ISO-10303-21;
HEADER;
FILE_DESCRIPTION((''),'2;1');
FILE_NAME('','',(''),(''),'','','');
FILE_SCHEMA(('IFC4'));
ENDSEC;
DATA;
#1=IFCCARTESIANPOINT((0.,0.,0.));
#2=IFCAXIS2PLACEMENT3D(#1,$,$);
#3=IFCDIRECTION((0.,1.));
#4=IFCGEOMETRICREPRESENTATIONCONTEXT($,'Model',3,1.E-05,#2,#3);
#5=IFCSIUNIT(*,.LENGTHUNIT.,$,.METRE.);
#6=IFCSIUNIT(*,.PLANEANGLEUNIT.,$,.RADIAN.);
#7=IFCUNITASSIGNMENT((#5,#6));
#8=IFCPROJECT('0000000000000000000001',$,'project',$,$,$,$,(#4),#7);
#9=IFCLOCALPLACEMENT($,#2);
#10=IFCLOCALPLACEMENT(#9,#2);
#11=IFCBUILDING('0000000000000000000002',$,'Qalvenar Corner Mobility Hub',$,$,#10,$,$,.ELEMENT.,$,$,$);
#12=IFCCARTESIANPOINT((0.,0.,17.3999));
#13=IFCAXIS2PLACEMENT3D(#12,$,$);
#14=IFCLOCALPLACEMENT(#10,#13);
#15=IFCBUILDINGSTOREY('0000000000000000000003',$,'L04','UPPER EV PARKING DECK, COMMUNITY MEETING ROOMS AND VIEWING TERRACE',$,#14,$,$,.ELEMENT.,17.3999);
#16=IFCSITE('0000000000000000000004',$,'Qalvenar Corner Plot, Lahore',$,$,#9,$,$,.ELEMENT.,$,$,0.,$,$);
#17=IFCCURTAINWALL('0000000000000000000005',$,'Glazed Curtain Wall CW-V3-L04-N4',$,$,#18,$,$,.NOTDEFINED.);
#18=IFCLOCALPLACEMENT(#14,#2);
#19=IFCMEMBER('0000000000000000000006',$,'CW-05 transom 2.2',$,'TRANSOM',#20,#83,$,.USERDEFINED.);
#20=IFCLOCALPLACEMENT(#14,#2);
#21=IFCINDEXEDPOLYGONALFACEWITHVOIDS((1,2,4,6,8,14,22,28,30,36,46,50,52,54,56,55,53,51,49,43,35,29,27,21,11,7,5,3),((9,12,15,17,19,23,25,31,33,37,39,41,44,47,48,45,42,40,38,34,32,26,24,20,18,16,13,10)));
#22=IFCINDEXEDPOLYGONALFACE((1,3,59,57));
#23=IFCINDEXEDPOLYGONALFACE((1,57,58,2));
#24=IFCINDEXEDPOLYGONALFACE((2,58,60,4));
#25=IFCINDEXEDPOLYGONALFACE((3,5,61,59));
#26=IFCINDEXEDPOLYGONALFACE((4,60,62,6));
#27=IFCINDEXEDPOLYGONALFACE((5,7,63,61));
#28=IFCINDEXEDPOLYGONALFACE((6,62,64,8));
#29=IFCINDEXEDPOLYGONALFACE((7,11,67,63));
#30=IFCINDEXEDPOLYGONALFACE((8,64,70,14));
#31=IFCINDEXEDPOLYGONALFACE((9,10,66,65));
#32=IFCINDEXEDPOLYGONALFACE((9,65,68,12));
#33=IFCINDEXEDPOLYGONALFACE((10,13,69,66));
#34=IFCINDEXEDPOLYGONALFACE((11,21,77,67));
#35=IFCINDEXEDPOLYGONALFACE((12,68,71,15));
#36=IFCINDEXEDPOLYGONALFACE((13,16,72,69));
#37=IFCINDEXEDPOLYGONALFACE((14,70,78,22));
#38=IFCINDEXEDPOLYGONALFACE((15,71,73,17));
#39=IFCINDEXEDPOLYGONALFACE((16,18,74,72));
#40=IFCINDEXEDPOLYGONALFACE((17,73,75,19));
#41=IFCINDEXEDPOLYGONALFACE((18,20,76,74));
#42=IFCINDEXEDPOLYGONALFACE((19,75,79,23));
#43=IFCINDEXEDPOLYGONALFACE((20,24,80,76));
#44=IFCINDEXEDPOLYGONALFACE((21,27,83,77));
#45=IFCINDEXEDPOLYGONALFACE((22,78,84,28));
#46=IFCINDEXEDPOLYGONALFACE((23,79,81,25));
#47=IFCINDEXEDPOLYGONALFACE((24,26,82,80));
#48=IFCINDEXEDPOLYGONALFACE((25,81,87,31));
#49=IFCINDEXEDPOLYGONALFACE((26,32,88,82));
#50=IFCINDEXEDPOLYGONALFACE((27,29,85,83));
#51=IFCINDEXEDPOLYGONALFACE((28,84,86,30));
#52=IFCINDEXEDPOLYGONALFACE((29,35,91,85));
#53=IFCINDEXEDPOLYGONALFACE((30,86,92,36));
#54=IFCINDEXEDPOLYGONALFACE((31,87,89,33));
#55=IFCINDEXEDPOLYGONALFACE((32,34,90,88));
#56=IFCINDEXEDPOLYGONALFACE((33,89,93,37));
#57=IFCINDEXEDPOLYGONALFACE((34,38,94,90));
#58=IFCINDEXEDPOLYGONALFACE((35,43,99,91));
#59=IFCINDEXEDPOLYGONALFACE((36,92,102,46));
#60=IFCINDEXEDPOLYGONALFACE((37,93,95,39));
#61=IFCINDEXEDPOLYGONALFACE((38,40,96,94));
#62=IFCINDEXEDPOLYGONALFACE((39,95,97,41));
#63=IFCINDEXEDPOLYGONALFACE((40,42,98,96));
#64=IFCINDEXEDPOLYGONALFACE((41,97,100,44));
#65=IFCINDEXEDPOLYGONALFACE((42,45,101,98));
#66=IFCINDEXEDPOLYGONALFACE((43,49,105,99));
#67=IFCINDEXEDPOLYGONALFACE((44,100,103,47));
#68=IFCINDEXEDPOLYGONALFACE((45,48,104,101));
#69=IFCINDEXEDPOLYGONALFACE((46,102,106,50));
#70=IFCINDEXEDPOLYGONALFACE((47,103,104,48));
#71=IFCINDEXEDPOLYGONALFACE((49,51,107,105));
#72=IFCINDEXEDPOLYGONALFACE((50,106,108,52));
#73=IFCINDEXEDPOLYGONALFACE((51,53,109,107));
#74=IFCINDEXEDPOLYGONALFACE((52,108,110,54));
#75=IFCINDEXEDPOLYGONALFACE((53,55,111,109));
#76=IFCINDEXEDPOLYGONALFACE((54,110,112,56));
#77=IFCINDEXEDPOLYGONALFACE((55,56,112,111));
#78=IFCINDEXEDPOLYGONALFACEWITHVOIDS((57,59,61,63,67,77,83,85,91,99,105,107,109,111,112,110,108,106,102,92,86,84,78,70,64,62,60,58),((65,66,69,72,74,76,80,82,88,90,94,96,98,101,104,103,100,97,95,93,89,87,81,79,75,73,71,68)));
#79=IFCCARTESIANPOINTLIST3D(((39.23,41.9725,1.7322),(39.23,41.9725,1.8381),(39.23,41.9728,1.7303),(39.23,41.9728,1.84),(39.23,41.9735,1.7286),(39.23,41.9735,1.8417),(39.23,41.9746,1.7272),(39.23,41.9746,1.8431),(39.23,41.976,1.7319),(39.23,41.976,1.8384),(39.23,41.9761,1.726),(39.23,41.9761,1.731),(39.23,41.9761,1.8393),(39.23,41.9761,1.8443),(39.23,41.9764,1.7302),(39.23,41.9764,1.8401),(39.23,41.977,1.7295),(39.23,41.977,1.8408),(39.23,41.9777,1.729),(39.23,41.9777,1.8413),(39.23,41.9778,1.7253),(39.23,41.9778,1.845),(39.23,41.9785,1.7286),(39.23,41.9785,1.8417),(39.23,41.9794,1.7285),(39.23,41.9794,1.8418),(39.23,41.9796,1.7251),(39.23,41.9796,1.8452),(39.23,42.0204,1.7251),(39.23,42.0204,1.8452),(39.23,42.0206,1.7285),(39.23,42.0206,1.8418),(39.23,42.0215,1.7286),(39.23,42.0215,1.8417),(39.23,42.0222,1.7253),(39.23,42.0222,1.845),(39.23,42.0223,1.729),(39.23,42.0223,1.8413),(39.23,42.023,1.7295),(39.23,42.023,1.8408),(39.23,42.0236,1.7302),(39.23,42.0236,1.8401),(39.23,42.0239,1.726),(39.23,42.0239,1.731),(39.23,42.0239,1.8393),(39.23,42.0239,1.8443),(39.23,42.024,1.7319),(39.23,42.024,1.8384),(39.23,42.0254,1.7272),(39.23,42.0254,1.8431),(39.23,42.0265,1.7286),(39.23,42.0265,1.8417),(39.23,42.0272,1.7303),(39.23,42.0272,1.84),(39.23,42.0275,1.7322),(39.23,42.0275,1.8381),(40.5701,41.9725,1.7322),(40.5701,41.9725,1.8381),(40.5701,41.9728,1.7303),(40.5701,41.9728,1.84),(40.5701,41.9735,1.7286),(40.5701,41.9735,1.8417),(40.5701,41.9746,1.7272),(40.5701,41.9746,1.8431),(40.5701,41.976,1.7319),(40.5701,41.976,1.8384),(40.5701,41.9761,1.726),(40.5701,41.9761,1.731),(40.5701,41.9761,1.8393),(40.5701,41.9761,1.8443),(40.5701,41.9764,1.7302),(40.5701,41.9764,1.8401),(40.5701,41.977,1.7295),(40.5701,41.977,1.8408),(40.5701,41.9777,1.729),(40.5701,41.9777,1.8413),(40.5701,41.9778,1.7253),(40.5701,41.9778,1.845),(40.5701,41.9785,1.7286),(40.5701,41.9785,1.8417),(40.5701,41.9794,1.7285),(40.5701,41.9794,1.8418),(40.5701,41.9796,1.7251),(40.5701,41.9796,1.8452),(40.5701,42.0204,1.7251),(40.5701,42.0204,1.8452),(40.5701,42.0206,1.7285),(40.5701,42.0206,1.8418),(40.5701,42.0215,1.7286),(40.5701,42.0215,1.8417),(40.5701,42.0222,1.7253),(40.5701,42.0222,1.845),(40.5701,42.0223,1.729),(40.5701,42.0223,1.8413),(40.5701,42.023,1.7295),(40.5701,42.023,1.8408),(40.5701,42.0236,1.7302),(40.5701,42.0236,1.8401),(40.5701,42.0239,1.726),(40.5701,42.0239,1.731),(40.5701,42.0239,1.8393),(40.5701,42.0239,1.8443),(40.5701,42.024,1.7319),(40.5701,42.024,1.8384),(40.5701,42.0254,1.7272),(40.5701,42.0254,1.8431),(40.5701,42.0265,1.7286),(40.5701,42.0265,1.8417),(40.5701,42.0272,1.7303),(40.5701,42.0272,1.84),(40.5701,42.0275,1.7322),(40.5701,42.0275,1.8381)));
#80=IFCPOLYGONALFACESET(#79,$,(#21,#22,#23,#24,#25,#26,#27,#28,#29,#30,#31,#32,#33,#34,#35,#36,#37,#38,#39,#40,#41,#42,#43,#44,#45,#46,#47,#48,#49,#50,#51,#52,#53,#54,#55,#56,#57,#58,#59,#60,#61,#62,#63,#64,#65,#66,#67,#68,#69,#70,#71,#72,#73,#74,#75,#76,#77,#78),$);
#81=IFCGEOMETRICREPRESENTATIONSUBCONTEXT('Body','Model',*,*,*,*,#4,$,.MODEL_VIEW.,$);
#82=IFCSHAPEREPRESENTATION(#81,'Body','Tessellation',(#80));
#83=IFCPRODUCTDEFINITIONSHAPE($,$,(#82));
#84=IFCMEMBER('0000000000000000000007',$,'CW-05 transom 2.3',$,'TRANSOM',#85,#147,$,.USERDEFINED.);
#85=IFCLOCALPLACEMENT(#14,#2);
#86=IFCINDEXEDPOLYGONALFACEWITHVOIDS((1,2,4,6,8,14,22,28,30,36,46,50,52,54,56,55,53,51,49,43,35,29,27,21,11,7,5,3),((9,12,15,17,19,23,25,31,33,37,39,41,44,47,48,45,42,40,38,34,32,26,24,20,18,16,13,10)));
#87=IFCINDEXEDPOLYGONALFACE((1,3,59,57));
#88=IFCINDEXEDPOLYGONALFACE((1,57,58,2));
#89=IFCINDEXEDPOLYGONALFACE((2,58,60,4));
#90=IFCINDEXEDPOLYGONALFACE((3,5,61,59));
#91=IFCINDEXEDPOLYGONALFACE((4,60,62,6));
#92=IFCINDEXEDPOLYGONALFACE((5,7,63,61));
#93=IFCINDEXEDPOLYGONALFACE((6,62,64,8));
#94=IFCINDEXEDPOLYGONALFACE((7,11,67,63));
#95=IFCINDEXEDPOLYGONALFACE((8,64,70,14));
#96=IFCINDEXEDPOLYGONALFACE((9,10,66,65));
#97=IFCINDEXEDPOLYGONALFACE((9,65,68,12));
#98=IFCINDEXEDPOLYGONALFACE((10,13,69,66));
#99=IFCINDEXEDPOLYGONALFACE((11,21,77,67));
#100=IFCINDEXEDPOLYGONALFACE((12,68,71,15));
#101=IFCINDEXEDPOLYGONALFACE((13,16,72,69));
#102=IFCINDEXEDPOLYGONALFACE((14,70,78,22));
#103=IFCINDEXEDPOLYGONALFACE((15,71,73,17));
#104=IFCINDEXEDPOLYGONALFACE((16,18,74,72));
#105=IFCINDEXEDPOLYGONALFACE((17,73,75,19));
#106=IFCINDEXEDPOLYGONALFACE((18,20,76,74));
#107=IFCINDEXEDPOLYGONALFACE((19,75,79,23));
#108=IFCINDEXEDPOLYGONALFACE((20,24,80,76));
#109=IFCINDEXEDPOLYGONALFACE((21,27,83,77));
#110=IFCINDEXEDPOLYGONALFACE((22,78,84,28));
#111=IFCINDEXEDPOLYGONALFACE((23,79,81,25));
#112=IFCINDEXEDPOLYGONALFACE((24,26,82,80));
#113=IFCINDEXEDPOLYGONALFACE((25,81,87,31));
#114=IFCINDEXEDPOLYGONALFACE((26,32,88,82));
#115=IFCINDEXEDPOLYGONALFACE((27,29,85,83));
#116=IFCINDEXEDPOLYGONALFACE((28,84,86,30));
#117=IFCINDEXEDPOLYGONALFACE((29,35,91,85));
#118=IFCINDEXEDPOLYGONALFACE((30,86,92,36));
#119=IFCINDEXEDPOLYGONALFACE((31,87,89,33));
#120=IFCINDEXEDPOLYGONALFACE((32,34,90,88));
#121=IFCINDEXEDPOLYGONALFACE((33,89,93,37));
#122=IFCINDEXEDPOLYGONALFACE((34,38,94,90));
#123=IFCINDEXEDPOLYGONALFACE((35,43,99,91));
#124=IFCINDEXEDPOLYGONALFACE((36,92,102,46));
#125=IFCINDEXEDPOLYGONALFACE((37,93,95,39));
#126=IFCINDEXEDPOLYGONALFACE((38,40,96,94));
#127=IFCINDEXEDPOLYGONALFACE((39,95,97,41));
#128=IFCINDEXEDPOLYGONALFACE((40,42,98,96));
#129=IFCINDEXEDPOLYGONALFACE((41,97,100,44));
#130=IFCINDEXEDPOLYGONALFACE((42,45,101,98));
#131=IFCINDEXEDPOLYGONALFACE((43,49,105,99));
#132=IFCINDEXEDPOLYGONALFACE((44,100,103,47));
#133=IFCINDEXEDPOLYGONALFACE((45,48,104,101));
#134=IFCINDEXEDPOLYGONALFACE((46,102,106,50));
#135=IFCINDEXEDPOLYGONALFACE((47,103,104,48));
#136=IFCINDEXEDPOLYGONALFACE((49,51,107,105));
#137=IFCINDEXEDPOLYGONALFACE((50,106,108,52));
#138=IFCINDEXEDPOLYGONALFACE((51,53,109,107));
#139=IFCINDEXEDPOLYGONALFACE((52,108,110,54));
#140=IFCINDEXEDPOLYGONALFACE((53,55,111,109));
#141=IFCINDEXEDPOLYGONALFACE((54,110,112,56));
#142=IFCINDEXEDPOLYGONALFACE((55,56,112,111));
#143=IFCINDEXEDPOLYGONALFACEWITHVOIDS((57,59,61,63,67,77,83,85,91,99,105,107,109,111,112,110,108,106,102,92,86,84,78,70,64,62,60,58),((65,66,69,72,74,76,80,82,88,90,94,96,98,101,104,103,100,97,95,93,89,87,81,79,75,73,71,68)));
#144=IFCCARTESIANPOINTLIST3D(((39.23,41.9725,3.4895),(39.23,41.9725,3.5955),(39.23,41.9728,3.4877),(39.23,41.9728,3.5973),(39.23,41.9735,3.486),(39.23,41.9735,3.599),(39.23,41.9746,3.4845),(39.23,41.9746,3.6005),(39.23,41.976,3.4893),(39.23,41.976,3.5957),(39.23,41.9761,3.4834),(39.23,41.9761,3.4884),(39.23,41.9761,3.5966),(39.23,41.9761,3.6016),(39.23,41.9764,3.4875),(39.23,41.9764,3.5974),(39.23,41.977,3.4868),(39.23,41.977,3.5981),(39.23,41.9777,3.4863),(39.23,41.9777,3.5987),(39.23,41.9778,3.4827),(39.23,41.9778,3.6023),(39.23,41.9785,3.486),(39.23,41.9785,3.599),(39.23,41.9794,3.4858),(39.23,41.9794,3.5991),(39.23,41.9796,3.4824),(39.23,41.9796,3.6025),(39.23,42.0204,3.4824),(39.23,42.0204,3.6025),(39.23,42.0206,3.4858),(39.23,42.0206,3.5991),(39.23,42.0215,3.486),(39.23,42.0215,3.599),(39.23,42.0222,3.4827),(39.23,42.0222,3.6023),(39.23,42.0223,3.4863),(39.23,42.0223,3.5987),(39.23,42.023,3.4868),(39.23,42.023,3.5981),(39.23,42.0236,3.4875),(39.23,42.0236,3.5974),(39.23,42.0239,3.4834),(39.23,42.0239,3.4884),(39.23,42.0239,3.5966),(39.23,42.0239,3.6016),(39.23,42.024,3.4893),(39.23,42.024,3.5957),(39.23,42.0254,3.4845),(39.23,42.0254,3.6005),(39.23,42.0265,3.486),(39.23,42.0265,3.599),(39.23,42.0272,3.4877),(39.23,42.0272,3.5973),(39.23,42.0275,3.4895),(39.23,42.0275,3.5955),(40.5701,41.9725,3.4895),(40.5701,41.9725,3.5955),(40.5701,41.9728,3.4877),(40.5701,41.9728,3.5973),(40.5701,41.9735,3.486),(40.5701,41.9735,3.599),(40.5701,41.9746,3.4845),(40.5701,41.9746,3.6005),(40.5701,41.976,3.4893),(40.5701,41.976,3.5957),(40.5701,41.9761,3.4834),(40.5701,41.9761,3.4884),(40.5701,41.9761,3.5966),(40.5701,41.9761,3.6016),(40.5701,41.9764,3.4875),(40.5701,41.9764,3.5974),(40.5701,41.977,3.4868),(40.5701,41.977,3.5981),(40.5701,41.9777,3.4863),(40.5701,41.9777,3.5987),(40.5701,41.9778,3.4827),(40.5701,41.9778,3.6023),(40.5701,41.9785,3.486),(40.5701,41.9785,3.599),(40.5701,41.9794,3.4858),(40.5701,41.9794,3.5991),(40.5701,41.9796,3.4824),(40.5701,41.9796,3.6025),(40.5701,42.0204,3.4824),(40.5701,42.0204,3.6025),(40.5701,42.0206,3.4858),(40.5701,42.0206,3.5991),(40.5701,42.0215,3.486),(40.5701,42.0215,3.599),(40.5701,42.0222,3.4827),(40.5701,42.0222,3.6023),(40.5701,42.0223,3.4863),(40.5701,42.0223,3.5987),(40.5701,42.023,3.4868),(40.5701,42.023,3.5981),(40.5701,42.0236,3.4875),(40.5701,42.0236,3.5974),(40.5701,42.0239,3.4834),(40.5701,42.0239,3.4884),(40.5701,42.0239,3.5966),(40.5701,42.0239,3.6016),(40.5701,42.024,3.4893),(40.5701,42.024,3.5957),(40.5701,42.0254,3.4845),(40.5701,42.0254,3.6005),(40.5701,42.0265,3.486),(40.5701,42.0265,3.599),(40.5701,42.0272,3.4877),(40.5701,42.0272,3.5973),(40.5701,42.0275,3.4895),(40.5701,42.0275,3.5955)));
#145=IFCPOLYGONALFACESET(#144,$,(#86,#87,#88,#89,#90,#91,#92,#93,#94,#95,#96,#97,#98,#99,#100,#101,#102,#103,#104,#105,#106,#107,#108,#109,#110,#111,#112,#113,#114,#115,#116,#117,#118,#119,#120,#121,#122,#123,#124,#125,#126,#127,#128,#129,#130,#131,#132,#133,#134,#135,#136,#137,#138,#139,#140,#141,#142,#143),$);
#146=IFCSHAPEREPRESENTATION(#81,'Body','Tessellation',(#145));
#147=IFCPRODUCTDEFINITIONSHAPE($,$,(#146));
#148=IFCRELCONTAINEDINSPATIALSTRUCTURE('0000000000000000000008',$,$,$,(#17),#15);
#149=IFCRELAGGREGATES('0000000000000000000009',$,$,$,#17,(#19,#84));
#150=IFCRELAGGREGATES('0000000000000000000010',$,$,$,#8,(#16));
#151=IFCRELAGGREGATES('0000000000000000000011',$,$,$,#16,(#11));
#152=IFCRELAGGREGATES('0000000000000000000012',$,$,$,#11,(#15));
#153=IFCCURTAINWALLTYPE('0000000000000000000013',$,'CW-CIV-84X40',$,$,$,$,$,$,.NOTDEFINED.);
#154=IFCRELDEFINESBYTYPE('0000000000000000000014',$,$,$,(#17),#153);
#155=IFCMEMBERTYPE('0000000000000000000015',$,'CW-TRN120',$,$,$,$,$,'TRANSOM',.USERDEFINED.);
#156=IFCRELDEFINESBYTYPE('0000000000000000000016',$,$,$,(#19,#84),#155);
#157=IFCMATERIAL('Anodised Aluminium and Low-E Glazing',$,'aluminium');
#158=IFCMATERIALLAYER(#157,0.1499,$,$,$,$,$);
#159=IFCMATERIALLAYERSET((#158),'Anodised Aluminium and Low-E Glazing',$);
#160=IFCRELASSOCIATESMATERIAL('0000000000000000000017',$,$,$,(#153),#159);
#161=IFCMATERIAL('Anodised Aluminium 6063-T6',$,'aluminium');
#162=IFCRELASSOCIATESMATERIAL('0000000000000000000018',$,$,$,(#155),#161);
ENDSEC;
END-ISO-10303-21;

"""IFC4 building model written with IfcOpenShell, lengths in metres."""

from ifc_helpers import new_model, si_unit, direction, frame, origin, origin_2d, place, context, subcontext, project, spatial, hollow_rectangle, extrude, material, layer, layer_set, material_profile, profile_set, type_object, element, aggregate, save


model = new_model("IFC4")

# Units and contexts
model_context = context("Model", 3, precision=1e-05, world=origin(), true_north=direction((0.0, 1.0)))
body_context = subcontext(model_context, "Body", "Model", "MODEL_VIEW")
ifc_project = project(units=[si_unit("LENGTHUNIT", "METRE"), si_unit("PLANEANGLEUNIT", "RADIAN")], contexts=[model_context])

# Site, building, storey
site_placement = place(None, origin())
site = spatial("IfcSite", under=ifc_project, at=site_placement, Name="Qalvenar Corner Plot, Lahore", CompositionType="ELEMENT", RefElevation=0.0)
building_placement = place(site_placement, origin())
building = spatial("IfcBuilding", under=site, at=building_placement, Name="Qalvenar Corner Mobility Hub", CompositionType="ELEMENT")
storey_placement = place(building_placement, frame((0.0, 0.0, 17.3999)))
storey = spatial("IfcBuildingStorey", under=building, at=storey_placement, Name="L04", Description="UPPER EV PARKING DECK, COMMUNITY MEETING ROOMS AND VIEWING TERRACE", CompositionType="ELEMENT", Elevation=17.3999)

# Curtain wall, members
ifc_material_1 = material(Name="Anodised Aluminium and Low-E Glazing", Category="aluminium")
ifc_layer_1 = layer(ifc_material_1, 0.1499)
ifc_layer_set_1 = layer_set([ifc_layer_1], Name="Anodised Aluminium and Low-E Glazing")
curtain_wall_type = type_object("IfcCurtainWallType", Name="CW-CIV-84X40", PredefinedType="NOTDEFINED", material=ifc_layer_set_1)
curtain_wall_placement = place(storey_placement, origin())
curtain_wall = element("IfcCurtainWall", 1, at=curtain_wall_placement, inside=storey, type_object=curtain_wall_type, Name="Glazed Curtain Wall CW-V3-L04-N4", PredefinedType="NOTDEFINED")
ifc_material_2 = material(Name="Anodised Aluminium 6063-T6", Category="aluminium")
ifc_material_profile_1 = material_profile(ifc_material_2, hollow_rectangle(XDim=0.0549, YDim=0.1201, WallThickness=0.0034, InnerFilletRadius=0.0034, OuterFilletRadius=0.0071, at=origin_2d()), Name="RHS120x55x3.5")
ifc_profile_set_1 = profile_set([ifc_material_profile_1], Name="Anodised Aluminium 6063-T6")
member_type_1 = type_object("IfcMemberType", Name="CW-TRN120", ElementType="TRANSOM", PredefinedType="USERDEFINED", material=ifc_profile_set_1)
member_1_placement = place(storey_placement, frame((40.5701, 42.0, 1.7852), z_axis=(-1.0, 0.0, 0.0), x_axis=(0.0, -1.0, 0.0)))
member_1 = element("IfcMember", 2, at=member_1_placement, type_object=member_type_1, Name="CW-05 transom 2.2", ObjectType="TRANSOM", PredefinedType="USERDEFINED", context=body_context, shape_type="SweptSolid", body=[
    extrude(hollow_rectangle(XDim=0.0549, YDim=0.1201, WallThickness=0.0034, InnerFilletRadius=0.0034, OuterFilletRadius=0.0071, at=origin_2d()), origin(), (0.0, 0.0, 1.0), 1.3401),
])
member_2_placement = place(storey_placement, frame((40.5701, 42.0, 3.5425), z_axis=(-1.0, 0.0, 0.0), x_axis=(0.0, -1.0, 0.0)))
member_2 = element("IfcMember", 3, at=member_2_placement, type_object=member_type_1, Name="CW-05 transom 2.3", ObjectType="TRANSOM", PredefinedType="USERDEFINED", context=body_context, shape_type="SweptSolid", body=[
    extrude(hollow_rectangle(XDim=0.0549, YDim=0.1201, WallThickness=0.0034, InnerFilletRadius=0.0034, OuterFilletRadius=0.0071, at=origin_2d()), origin(), (0.0, 0.0, 1.0), 1.3401),
])
aggregate(curtain_wall, [member_1, member_2])

save(model, "model.ifc")
